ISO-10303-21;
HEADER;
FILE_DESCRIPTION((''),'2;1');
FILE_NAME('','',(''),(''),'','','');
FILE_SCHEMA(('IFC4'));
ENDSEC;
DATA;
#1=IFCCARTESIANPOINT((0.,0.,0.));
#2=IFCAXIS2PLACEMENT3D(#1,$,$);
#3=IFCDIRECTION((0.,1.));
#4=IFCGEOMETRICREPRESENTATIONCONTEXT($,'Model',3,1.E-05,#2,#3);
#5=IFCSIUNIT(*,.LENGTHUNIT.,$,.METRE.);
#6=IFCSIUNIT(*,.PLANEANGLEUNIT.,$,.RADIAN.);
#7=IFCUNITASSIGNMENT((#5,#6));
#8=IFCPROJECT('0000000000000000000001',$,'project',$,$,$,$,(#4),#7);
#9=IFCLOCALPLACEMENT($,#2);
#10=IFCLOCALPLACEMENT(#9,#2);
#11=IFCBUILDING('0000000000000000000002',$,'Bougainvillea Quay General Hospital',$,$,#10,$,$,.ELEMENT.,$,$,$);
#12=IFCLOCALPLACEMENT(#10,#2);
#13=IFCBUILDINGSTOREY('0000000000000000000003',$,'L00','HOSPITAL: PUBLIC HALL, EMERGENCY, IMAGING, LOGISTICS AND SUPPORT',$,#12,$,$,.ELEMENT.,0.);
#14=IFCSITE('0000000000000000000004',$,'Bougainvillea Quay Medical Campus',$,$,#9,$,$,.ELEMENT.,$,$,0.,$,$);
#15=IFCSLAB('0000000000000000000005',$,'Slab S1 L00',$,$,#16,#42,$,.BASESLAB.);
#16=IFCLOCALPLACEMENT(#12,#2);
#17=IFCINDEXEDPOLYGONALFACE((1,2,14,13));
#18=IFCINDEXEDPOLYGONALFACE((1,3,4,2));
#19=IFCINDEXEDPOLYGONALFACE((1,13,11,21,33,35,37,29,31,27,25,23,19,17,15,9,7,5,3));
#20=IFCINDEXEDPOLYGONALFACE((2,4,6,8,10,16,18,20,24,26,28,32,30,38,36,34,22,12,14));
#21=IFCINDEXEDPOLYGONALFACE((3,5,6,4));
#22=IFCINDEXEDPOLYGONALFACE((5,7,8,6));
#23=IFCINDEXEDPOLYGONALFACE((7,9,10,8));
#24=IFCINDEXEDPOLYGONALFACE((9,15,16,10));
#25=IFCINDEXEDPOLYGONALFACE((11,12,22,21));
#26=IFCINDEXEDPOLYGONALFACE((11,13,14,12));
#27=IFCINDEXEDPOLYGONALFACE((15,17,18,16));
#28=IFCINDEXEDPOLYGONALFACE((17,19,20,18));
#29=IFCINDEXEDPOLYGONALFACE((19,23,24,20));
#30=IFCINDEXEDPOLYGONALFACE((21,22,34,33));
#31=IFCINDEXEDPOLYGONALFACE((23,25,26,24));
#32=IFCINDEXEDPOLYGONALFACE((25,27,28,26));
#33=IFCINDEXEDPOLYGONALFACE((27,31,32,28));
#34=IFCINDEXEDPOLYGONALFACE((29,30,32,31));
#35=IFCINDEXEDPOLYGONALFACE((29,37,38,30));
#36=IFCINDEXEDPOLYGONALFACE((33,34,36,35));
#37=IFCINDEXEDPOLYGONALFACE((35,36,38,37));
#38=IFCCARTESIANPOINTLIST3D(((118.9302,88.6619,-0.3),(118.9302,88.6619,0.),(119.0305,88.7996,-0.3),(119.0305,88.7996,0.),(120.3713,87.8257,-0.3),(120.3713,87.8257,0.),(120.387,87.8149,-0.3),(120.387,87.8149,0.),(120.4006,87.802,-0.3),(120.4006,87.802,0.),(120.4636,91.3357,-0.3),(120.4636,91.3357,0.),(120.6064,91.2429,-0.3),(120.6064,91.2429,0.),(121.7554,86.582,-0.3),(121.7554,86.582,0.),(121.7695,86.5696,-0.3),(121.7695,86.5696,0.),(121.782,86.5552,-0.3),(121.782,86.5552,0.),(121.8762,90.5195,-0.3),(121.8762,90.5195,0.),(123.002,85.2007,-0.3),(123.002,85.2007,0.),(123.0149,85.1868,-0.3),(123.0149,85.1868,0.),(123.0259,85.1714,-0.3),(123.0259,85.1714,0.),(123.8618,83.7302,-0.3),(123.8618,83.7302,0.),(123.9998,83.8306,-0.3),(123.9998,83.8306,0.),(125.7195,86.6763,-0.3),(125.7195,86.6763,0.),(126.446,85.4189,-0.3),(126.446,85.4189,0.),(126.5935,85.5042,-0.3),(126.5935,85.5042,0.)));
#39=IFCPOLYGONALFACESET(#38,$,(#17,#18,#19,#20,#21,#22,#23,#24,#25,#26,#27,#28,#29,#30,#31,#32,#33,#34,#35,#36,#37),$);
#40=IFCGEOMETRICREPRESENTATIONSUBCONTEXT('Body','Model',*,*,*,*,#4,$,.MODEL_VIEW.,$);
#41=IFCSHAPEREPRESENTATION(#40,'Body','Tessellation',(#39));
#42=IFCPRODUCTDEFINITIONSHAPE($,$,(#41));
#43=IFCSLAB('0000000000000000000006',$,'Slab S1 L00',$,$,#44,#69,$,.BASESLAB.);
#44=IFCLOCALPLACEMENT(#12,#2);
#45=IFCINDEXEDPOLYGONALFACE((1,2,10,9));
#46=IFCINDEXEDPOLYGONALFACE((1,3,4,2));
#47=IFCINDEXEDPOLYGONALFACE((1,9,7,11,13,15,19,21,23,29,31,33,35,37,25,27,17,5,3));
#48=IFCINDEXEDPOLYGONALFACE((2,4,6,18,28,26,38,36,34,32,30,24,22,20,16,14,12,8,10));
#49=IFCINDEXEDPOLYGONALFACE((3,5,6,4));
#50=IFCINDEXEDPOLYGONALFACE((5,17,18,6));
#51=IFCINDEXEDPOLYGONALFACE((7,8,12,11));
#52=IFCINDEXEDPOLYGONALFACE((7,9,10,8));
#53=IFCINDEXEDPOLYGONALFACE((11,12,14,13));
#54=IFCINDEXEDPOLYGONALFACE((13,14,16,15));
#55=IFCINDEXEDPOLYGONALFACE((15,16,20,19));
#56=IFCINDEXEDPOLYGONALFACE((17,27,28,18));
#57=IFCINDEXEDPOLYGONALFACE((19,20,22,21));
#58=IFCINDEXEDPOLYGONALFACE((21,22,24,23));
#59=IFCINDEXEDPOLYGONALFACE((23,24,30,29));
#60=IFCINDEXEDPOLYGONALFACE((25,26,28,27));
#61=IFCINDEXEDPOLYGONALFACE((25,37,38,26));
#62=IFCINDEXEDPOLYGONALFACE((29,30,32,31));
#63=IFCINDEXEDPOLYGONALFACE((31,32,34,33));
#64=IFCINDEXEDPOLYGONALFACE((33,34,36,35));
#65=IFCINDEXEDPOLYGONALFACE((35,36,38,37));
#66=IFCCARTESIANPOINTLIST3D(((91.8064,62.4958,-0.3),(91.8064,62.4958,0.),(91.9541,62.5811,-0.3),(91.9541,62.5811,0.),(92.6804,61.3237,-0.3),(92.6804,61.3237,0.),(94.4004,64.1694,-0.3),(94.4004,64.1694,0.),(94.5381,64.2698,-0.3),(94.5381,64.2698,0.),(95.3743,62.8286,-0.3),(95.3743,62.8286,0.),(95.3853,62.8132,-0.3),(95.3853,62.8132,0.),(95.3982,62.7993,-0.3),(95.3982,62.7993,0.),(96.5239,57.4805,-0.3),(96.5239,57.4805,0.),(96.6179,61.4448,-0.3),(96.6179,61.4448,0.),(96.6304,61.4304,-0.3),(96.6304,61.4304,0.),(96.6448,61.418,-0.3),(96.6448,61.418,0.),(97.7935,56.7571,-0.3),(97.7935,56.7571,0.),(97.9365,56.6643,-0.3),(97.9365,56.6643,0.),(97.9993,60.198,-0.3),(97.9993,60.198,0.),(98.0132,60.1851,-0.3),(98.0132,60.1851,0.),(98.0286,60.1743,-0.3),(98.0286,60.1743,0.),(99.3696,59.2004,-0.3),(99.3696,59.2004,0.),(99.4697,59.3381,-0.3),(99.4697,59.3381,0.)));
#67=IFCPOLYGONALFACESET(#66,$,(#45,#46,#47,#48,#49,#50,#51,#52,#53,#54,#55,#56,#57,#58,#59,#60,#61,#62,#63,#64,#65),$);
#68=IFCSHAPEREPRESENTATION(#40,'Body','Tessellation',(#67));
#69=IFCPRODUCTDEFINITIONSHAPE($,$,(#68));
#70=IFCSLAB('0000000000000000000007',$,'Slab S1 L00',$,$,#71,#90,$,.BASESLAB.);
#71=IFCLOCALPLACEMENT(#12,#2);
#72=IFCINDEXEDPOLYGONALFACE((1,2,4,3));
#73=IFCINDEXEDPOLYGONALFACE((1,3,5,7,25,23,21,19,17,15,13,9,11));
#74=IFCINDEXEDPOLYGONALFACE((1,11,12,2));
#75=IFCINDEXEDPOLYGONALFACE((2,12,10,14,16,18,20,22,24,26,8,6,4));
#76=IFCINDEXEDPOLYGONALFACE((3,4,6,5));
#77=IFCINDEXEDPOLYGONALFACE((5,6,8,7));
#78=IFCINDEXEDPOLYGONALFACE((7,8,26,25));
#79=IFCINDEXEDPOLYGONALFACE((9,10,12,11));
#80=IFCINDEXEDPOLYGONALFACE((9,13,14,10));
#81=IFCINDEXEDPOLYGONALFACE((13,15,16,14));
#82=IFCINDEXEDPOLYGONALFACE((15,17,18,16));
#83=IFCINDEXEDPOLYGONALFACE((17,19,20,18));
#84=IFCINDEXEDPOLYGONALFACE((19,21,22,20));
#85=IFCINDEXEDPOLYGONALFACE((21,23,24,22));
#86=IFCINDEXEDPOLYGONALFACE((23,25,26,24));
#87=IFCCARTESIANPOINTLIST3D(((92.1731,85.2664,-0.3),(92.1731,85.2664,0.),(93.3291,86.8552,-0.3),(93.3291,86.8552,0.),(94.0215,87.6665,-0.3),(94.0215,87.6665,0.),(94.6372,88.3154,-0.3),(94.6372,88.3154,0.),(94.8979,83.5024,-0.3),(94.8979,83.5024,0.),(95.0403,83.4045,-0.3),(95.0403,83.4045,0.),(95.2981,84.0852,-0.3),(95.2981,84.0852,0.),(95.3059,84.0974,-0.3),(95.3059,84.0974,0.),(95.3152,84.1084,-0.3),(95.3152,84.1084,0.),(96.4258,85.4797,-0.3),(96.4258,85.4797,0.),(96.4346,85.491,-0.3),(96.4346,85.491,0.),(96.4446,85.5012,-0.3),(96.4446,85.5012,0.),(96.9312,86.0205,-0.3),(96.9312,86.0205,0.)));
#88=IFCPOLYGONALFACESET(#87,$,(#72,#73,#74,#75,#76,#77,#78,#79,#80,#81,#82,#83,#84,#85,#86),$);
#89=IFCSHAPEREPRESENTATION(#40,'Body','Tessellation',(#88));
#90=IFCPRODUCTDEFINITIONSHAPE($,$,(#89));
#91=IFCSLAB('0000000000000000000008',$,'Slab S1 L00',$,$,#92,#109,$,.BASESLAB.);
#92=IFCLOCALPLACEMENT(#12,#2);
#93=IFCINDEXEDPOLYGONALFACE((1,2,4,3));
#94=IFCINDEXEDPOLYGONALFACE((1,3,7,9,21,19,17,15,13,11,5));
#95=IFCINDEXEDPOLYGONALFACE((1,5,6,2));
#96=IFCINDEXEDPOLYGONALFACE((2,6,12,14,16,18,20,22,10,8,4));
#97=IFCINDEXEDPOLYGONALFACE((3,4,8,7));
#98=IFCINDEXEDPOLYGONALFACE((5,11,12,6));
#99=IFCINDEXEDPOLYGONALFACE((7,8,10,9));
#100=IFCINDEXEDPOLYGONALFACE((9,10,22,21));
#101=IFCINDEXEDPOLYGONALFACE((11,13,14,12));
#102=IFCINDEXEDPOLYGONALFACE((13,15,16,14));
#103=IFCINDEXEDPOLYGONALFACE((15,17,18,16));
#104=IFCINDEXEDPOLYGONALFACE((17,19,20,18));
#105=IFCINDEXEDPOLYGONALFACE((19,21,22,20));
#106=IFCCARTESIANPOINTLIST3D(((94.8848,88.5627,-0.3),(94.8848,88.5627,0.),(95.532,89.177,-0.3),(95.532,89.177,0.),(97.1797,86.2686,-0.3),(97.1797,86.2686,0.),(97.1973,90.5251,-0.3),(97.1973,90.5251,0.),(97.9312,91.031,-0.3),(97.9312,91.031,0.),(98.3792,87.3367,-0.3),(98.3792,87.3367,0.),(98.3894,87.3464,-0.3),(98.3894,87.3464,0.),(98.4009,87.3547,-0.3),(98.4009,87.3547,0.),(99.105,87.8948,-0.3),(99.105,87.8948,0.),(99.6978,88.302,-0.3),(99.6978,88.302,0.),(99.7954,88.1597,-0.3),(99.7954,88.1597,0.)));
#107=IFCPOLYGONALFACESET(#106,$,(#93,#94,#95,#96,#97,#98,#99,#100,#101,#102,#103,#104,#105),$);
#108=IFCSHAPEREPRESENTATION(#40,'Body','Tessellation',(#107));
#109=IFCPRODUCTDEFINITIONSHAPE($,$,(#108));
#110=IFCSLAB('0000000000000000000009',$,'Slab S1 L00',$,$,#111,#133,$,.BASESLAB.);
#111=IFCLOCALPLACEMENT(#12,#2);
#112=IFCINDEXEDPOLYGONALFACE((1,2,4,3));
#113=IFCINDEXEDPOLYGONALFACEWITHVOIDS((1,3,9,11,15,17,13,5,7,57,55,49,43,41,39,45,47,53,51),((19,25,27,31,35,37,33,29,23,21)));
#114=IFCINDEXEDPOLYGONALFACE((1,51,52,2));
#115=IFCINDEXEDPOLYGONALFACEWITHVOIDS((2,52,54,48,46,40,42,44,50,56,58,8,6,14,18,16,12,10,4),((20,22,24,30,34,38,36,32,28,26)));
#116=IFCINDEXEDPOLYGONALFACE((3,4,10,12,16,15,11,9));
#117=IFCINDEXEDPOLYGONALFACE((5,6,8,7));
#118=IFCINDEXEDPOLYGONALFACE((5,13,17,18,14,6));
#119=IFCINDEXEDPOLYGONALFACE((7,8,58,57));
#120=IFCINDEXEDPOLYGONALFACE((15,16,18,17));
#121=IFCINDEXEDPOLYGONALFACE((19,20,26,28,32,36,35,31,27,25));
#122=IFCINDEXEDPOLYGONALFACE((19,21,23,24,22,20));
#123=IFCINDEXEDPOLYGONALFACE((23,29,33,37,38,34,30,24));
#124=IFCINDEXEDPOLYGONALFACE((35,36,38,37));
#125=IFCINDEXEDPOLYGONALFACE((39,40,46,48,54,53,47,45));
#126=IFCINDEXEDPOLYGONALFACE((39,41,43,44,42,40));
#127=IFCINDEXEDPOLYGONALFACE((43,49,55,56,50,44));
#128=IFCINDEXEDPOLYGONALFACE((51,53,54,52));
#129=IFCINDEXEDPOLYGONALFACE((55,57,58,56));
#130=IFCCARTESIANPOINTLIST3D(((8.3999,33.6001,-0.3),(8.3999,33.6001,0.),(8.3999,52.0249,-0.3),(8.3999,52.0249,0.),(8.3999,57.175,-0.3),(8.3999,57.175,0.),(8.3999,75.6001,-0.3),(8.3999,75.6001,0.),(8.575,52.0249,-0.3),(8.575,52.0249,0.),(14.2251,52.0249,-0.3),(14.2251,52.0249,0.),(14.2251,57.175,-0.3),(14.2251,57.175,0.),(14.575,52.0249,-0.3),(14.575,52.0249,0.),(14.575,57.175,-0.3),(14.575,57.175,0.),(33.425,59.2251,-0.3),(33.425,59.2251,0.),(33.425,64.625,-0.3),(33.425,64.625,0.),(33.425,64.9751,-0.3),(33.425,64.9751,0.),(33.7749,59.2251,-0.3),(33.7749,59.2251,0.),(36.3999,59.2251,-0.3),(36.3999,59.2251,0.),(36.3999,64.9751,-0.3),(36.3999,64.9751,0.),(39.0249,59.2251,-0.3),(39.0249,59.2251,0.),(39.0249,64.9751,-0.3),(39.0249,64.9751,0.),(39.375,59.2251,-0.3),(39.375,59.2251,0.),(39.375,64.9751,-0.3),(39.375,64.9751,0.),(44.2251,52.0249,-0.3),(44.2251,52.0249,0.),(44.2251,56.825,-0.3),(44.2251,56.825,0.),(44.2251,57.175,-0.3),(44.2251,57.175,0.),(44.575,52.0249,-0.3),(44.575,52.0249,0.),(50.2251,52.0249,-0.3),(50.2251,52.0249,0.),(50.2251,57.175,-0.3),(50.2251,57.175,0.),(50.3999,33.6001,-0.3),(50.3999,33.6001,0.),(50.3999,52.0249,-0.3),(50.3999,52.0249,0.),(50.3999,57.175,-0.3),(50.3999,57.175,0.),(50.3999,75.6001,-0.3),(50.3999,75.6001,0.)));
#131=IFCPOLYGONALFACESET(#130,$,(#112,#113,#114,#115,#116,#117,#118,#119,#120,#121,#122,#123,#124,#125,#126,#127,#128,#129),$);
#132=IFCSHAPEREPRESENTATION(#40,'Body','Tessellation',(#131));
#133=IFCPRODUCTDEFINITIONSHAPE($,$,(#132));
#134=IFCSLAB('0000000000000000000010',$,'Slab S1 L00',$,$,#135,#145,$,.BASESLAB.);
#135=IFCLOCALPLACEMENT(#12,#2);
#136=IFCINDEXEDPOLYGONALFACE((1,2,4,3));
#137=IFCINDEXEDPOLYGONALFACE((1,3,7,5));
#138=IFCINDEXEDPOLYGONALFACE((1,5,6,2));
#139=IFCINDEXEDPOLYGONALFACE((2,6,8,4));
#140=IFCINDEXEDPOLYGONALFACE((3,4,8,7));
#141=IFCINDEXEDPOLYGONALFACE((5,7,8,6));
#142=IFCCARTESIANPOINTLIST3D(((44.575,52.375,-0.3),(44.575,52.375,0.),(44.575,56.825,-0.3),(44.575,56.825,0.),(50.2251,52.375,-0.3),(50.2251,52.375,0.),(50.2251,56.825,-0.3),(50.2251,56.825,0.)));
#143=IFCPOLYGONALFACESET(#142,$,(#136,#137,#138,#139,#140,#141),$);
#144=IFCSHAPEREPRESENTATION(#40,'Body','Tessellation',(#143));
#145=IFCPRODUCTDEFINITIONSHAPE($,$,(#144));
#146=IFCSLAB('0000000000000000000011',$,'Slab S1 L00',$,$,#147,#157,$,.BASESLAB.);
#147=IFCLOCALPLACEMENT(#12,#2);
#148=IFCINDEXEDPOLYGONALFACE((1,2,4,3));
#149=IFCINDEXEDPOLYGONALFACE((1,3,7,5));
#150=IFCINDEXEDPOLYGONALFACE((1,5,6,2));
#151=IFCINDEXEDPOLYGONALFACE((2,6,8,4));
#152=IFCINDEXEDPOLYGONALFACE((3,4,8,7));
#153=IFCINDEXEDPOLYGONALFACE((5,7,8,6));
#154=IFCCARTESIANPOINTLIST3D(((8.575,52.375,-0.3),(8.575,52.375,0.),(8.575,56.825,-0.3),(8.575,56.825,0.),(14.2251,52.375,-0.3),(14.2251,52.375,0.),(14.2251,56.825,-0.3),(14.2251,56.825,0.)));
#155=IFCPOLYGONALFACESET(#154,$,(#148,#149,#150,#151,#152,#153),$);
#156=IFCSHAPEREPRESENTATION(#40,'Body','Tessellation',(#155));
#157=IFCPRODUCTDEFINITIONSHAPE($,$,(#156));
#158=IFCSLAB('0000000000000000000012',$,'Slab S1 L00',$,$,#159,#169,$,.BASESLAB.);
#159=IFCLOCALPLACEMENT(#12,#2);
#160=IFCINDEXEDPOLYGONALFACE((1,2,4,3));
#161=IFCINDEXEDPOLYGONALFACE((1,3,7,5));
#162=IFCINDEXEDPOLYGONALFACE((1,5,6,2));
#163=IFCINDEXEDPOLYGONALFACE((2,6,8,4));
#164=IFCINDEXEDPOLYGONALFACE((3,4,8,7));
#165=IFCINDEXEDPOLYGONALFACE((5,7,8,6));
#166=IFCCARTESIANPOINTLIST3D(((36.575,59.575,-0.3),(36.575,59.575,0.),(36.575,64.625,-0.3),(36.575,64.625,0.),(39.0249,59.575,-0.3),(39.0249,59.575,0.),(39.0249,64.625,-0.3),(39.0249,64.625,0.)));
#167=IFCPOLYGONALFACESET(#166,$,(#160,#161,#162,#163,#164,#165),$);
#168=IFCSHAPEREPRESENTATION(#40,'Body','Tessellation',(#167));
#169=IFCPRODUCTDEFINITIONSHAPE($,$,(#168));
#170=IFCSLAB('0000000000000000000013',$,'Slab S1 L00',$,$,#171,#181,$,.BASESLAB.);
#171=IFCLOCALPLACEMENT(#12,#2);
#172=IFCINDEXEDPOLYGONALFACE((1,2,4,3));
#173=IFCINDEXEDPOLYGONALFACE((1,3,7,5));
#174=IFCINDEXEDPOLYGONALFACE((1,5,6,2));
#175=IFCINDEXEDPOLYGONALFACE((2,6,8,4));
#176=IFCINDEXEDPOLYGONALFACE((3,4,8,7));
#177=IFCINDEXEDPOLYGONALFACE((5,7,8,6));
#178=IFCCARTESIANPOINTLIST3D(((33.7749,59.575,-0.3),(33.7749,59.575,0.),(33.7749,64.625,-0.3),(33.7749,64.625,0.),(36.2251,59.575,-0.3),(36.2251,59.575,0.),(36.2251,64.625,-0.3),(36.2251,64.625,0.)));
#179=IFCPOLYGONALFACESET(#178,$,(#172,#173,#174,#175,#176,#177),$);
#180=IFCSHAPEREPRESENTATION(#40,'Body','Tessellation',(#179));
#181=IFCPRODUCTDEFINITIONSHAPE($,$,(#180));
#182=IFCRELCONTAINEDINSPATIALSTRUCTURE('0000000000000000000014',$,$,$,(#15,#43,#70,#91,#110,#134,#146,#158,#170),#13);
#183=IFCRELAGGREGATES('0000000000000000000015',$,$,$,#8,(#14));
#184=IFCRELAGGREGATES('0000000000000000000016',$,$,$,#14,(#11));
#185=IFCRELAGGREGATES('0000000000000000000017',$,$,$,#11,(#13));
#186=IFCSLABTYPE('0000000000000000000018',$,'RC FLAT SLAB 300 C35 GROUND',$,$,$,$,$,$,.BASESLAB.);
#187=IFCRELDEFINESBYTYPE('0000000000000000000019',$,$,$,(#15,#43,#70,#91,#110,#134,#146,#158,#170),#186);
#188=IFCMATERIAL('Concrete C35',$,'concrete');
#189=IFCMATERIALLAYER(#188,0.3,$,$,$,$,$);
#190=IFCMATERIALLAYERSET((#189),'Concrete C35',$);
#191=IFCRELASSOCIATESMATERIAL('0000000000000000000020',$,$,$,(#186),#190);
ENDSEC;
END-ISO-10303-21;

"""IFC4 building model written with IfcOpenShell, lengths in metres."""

from ifc_helpers import new_model, si_unit, direction, frame, origin, place, context, subcontext, project, spatial, polyline, outline, extrude, material, layer, layer_set, type_object, element, save


model = new_model("IFC4")

# Units and contexts
model_context = context("Model", 3, precision=1e-05, world=origin(), true_north=direction((0.0, 1.0)))
body_context = subcontext(model_context, "Body", "Model", "MODEL_VIEW")
ifc_project = project(units=[si_unit("LENGTHUNIT", "METRE"), si_unit("PLANEANGLEUNIT", "RADIAN")], contexts=[model_context])

# Site, building, storey
site_placement = place(None, origin())
site = spatial("IfcSite", under=ifc_project, at=site_placement, Name="Bougainvillea Quay Medical Campus", CompositionType="ELEMENT", RefElevation=0.0)
building_placement = place(site_placement, origin())
building = spatial("IfcBuilding", under=site, at=building_placement, Name="Bougainvillea Quay General Hospital", CompositionType="ELEMENT")
storey_placement = place(building_placement, origin())
storey = spatial("IfcBuildingStorey", under=building, at=storey_placement, Name="L00", Description="HOSPITAL: PUBLIC HALL, EMERGENCY, IMAGING, LOGISTICS AND SUPPORT", CompositionType="ELEMENT", Elevation=0.0)

# Shared definitions
ifc_material = material(Name="Concrete C35", Category="concrete")

# Slabs
ifc_layer = layer(ifc_material, 0.3)
ifc_layer_set = layer_set([ifc_layer], Name="Concrete C35")
slab_type = type_object("IfcSlabType", Name="RC FLAT SLAB 300 C35 GROUND", PredefinedType="BASESLAB", material=ifc_layer_set)
slab_1_placement = place(storey_placement, frame((0.0, 0.0, -0.3)))
element("IfcSlab", 1, at=slab_1_placement, inside=storey, type_object=slab_type, Name="Slab S1 L00", PredefinedType="BASESLAB", context=body_context, shape_type="SweptSolid", body=[
    extrude(outline(polyline([(119.0305, 88.7996), (120.3713, 87.8257), (120.387, 87.8149), (120.4006, 87.802), (121.7554, 86.582), (121.7695, 86.5696), (121.782, 86.5552), (123.002, 85.2007), (123.0149, 85.1868), (123.0259, 85.1714), (123.9998, 83.8306), (123.8618, 83.7302), (126.5935, 85.5042), (126.446, 85.4189), (125.7195, 86.6763), (121.8762, 90.5195), (120.4636, 91.3357), (120.6064, 91.2429), (118.9302, 88.6619), (119.0305, 88.7996)])), origin(), (0.0, 0.0, 1.0), 0.3),
])
slab_2_placement = place(storey_placement, frame((0.0, 0.0, -0.3)))
element("IfcSlab", 2, at=slab_2_placement, inside=storey, type_object=slab_type, Name="Slab S1 L00", PredefinedType="BASESLAB", context=body_context, shape_type="SweptSolid", body=[
    extrude(outline(polyline([(99.3696, 59.2004), (98.0286, 60.1743), (98.0132, 60.1851), (97.9993, 60.198), (96.6448, 61.418), (96.6304, 61.4304), (96.6179, 61.4448), (95.3982, 62.7993), (95.3853, 62.8132), (95.3743, 62.8286), (94.4004, 64.1694), (94.5381, 64.2698), (91.8064, 62.4958), (91.9541, 62.5811), (92.6804, 61.3237), (96.5239, 57.4805), (97.9365, 56.6643), (97.7935, 56.7571), (99.4697, 59.3381), (99.3696, 59.2004)])), origin(), (0.0, 0.0, 1.0), 0.3),
])
slab_3_placement = place(storey_placement, frame((0.0, 0.0, -0.3)))
element("IfcSlab", 3, at=slab_3_placement, inside=storey, type_object=slab_type, Name="Slab S1 L00", PredefinedType="BASESLAB", context=body_context, shape_type="SweptSolid", body=[
    extrude(outline(polyline([(96.4446, 85.5012), (96.9312, 86.0205), (94.6372, 88.3154), (94.0215, 87.6665), (93.3291, 86.8552), (92.1731, 85.2664), (95.0403, 83.4045), (94.8979, 83.5024), (95.2981, 84.0852), (95.3059, 84.0974), (95.3152, 84.1084), (96.4258, 85.4797), (96.4346, 85.491), (96.4446, 85.5012)])), origin(), (0.0, 0.0, 1.0), 0.3),
])
slab_4_placement = place(storey_placement, frame((0.0, 0.0, -0.3)))
element("IfcSlab", 4, at=slab_4_placement, inside=storey, type_object=slab_type, Name="Slab S1 L00", PredefinedType="BASESLAB", context=body_context, shape_type="SweptSolid", body=[
    extrude(outline(polyline([(97.9312, 91.031), (97.1973, 90.5251), (95.532, 89.177), (94.8848, 88.5627), (97.1797, 86.2686), (98.3792, 87.3367), (98.3894, 87.3464), (98.4009, 87.3547), (99.105, 87.8948), (99.6978, 88.302), (99.7954, 88.1597), (97.9312, 91.031)])), origin(), (0.0, 0.0, 1.0), 0.3),
])
slab_5_placement = place(storey_placement, frame((0.0, 0.0, -0.3)))
element("IfcSlab", 5, at=slab_5_placement, inside=storey, type_object=slab_type, Name="Slab S1 L00", PredefinedType="BASESLAB", context=body_context, shape_type="SweptSolid", body=[
    extrude(outline(polyline([(8.3999, 33.6001), (50.3999, 33.6001), (50.3999, 52.0249), (50.2251, 52.0249), (44.575, 52.0249), (44.2251, 52.0249), (44.2251, 56.825), (44.2251, 57.175), (50.2251, 57.175), (50.3999, 57.175), (50.3999, 75.6001), (8.3999, 75.6001), (8.3999, 57.175), (14.2251, 57.175), (14.575, 57.175), (14.575, 52.0249), (14.2251, 52.0249), (8.575, 52.0249), (8.3999, 52.0249), (8.3999, 33.6001)]), holes=[polyline([(33.425, 59.2251), (33.425, 64.625), (33.425, 64.9751), (36.3999, 64.9751), (39.0249, 64.9751), (39.375, 64.9751), (39.375, 59.2251), (39.0249, 59.2251), (36.3999, 59.2251), (33.7749, 59.2251), (33.425, 59.2251)])]), origin(), (0.0, 0.0, 1.0), 0.3),
])
slab_6_placement = place(storey_placement, frame((0.0, 0.0, -0.3)))
element("IfcSlab", 6, at=slab_6_placement, inside=storey, type_object=slab_type, Name="Slab S1 L00", PredefinedType="BASESLAB", context=body_context, shape_type="SweptSolid", body=[
    extrude(outline(polyline([(44.575, 52.375), (50.2251, 52.375), (50.2251, 56.825), (44.575, 56.825), (44.575, 52.375)])), origin(), (0.0, 0.0, 1.0), 0.3),
])
slab_7_placement = place(storey_placement, frame((0.0, 0.0, -0.3)))
element("IfcSlab", 7, at=slab_7_placement, inside=storey, type_object=slab_type, Name="Slab S1 L00", PredefinedType="BASESLAB", context=body_context, shape_type="SweptSolid", body=[
    extrude(outline(polyline([(14.2251, 56.825), (8.575, 56.825), (8.575, 52.375), (14.2251, 52.375), (14.2251, 56.825)])), origin(), (0.0, 0.0, 1.0), 0.3),
])
slab_8_placement = place(storey_placement, frame((0.0, 0.0, -0.3)))
element("IfcSlab", 8, at=slab_8_placement, inside=storey, type_object=slab_type, Name="Slab S1 L00", PredefinedType="BASESLAB", context=body_context, shape_type="SweptSolid", body=[
    extrude(outline(polyline([(36.575, 59.575), (39.0249, 59.575), (39.0249, 64.625), (36.575, 64.625), (36.575, 59.575)])), origin(), (0.0, 0.0, 1.0), 0.3),
])
slab_9_placement = place(storey_placement, frame((0.0, 0.0, -0.3)))
element("IfcSlab", 9, at=slab_9_placement, inside=storey, type_object=slab_type, Name="Slab S1 L00", PredefinedType="BASESLAB", context=body_context, shape_type="SweptSolid", body=[
    extrude(outline(polyline([(36.2251, 59.575), (36.2251, 64.625), (33.7749, 64.625), (33.7749, 59.575), (36.2251, 59.575)])), origin(), (0.0, 0.0, 1.0), 0.3),
])

save(model, "model.ifc")
